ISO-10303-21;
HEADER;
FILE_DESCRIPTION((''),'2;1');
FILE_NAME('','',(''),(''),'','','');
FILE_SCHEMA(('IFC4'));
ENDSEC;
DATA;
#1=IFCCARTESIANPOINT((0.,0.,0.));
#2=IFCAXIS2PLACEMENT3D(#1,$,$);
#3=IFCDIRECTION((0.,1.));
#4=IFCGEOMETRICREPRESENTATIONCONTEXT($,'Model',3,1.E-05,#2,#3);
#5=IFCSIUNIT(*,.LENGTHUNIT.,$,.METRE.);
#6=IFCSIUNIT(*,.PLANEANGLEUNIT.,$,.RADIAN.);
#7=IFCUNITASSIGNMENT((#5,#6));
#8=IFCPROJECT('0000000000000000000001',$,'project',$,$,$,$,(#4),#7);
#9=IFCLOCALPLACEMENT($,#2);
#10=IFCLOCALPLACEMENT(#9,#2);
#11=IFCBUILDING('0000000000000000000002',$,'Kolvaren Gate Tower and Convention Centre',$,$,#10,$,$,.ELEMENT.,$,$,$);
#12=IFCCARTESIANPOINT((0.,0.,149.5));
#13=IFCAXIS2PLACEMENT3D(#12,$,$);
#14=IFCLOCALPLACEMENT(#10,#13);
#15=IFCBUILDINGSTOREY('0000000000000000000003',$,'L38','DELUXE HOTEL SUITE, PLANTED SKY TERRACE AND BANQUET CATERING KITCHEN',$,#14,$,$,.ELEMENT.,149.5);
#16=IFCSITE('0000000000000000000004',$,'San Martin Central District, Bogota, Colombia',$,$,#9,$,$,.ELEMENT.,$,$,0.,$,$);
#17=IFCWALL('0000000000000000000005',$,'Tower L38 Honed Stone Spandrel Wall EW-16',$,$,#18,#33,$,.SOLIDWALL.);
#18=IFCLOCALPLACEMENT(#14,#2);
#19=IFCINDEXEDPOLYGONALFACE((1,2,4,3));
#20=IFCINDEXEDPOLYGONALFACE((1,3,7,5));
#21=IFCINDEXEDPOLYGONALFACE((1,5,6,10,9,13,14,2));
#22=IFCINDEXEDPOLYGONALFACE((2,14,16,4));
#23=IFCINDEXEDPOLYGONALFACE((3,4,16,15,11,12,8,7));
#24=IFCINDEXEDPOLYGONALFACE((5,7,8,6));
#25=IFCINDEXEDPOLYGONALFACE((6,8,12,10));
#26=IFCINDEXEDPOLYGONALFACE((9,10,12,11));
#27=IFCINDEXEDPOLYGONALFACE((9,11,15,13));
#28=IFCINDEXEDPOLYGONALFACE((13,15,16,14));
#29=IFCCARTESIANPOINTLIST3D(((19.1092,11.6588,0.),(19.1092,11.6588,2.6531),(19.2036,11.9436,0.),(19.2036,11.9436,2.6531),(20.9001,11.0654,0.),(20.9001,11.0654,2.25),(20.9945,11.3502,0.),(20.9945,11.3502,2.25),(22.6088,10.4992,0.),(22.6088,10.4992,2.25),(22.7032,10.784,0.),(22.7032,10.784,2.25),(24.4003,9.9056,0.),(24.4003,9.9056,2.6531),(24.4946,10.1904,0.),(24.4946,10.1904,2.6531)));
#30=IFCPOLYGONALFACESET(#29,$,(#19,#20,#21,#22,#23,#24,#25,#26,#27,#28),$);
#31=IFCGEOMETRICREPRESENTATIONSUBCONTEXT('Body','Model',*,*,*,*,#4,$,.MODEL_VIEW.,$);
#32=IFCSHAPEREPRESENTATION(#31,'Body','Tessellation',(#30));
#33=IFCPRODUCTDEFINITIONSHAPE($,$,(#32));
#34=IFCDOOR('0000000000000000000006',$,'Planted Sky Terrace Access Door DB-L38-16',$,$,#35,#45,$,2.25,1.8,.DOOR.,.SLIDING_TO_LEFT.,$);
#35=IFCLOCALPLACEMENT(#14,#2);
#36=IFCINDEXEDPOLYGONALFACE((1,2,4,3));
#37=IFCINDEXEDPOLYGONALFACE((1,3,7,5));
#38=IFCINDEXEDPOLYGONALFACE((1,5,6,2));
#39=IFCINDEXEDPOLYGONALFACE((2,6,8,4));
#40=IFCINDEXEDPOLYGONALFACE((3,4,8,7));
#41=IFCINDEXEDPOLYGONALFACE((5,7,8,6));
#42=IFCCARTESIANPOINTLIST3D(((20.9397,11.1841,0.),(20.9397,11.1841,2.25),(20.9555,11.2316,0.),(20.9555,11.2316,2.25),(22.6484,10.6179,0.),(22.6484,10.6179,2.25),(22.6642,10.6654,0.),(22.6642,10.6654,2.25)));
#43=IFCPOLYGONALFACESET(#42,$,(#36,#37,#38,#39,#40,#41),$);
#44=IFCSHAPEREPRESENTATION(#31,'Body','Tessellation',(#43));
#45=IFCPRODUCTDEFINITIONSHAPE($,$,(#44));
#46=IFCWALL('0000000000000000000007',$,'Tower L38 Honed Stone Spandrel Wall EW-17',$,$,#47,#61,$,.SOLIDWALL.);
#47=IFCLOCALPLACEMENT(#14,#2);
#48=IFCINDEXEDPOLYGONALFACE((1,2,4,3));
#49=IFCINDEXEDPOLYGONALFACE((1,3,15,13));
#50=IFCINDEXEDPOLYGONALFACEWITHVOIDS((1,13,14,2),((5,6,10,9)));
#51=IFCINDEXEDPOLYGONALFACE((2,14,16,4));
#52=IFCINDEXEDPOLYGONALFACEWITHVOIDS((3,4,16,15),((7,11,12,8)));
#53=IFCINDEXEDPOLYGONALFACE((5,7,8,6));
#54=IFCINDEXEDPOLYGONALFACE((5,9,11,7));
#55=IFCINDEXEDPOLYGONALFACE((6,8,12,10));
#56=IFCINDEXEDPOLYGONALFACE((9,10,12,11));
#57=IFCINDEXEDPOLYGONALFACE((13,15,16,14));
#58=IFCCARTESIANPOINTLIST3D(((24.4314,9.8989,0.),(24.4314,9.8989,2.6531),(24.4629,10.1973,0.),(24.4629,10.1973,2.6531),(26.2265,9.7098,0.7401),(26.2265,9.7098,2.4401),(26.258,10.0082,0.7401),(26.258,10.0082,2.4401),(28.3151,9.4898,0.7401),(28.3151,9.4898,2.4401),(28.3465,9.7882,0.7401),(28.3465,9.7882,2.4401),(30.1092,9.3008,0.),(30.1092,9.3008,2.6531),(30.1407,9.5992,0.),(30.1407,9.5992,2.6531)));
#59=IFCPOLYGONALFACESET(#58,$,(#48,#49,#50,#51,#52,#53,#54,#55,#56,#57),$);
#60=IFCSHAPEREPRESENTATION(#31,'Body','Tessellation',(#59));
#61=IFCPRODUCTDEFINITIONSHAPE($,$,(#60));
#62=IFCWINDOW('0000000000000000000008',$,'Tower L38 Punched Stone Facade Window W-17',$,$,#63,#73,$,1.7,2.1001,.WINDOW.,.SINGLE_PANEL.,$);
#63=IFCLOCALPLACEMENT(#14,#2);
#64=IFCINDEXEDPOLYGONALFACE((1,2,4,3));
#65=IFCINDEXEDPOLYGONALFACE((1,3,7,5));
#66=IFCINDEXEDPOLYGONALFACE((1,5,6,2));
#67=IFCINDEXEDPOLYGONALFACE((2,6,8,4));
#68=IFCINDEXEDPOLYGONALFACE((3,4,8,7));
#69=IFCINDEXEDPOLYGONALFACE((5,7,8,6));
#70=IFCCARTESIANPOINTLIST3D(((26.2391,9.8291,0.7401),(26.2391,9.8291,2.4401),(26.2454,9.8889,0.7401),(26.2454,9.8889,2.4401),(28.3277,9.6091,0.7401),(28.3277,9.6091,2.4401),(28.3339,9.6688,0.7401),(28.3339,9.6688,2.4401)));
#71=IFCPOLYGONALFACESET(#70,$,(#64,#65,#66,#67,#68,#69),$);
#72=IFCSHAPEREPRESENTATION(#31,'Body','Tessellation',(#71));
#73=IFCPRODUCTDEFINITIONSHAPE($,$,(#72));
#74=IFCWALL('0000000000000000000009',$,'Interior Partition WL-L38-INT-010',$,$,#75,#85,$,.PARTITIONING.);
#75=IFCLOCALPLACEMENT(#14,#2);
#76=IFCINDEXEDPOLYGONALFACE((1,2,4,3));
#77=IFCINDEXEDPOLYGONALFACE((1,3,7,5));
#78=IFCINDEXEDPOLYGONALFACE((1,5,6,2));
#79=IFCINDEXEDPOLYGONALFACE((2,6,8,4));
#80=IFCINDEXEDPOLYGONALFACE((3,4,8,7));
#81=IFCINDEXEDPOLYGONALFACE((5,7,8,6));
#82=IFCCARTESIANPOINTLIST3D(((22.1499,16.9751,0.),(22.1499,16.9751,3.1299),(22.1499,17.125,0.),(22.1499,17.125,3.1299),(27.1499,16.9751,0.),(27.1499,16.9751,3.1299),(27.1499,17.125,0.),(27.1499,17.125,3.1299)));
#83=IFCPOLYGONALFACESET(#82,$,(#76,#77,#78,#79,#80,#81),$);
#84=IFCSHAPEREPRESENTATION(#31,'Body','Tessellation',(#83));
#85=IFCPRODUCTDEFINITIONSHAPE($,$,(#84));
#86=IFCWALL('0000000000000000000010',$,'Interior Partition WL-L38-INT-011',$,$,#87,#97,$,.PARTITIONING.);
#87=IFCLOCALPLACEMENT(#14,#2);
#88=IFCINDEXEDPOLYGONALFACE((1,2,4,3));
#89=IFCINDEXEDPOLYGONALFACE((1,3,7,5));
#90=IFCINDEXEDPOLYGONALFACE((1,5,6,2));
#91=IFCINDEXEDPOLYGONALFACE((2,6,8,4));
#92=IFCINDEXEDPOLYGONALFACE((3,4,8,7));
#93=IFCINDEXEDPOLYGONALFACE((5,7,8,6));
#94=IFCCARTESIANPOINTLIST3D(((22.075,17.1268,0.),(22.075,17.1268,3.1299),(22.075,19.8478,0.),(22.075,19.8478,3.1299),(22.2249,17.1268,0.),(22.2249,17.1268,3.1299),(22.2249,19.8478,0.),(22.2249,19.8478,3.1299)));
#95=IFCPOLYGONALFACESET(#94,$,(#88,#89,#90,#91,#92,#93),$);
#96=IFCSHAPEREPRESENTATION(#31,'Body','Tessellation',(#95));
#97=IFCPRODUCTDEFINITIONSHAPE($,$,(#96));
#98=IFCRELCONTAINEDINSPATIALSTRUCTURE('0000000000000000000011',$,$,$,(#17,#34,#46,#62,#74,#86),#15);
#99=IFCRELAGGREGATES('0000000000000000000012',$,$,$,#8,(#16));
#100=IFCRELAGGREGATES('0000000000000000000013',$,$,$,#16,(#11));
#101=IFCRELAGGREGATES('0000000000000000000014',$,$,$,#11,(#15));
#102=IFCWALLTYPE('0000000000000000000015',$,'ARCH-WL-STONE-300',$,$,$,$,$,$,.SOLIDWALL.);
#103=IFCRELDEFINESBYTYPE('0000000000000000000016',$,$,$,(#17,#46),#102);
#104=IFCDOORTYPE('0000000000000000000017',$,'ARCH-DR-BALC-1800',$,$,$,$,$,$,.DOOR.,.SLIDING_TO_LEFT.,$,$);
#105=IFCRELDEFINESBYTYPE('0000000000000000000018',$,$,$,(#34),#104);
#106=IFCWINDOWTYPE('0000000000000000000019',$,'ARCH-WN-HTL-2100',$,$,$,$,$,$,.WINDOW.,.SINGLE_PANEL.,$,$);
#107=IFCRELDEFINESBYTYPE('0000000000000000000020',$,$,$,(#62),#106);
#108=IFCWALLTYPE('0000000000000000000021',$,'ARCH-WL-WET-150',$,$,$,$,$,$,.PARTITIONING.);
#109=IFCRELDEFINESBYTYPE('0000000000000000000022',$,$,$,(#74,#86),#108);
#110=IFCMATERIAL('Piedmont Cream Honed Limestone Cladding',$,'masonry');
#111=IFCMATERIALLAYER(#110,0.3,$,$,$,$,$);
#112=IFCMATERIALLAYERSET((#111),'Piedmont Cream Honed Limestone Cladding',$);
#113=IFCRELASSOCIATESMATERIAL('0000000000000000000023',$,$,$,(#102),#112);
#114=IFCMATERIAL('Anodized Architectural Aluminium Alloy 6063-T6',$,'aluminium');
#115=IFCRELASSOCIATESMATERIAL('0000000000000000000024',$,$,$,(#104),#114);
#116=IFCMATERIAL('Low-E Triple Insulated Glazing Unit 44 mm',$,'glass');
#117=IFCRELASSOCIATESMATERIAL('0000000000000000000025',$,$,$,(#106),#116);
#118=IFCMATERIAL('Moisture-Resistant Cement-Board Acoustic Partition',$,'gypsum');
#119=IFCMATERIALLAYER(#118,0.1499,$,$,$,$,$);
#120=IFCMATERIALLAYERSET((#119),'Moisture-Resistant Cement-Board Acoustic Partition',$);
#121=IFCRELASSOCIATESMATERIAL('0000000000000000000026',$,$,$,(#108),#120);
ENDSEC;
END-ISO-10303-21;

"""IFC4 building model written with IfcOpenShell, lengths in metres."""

from ifc_helpers import new_model, si_unit, direction, frame, frame_2d, origin, place, context, subcontext, project, spatial, rectangle, extrude, material, layer, layer_set, type_object, element, fill, save


model = new_model("IFC4")

# Units and contexts
model_context = context("Model", 3, precision=1e-05, world=origin(), true_north=direction((0.0, 1.0)))
body_context = subcontext(model_context, "Body", "Model", "MODEL_VIEW")
ifc_project = project(units=[si_unit("LENGTHUNIT", "METRE"), si_unit("PLANEANGLEUNIT", "RADIAN")], contexts=[model_context])

# Site, building, storey
site_placement = place(None, origin())
site = spatial("IfcSite", under=ifc_project, at=site_placement, Name="San Martin Central District, Bogota, Colombia", CompositionType="ELEMENT", RefElevation=0.0)
building_placement = place(site_placement, origin())
building = spatial("IfcBuilding", under=site, at=building_placement, Name="Kolvaren Gate Tower and Convention Centre", CompositionType="ELEMENT")
storey_placement = place(building_placement, frame((0.0, 0.0, 149.5)))
storey = spatial("IfcBuildingStorey", under=building, at=storey_placement, Name="L38", Description="DELUXE HOTEL SUITE, PLANTED SKY TERRACE AND BANQUET CATERING KITCHEN", CompositionType="ELEMENT", Elevation=149.5)

# Shared definitions
ifc_material_1 = material(Name="Anodized Architectural Aluminium Alloy 6063-T6", Category="aluminium")

# Shared definitions
ifc_material_2 = material(Name="Low-E Triple Insulated Glazing Unit 44 mm", Category="glass")

# Shared definitions
ifc_material_3 = material(Name="Piedmont Cream Honed Limestone Cladding", Category="masonry")

# Shared definitions
ifc_layer_1 = layer(ifc_material_3, 0.3)
ifc_layer_set_1 = layer_set([ifc_layer_1], Name="Piedmont Cream Honed Limestone Cladding")
wall_type_1 = type_object("IfcWallType", Name="ARCH-WL-STONE-300", PredefinedType="SOLIDWALL", material=ifc_layer_set_1)

# Wall, opening, door
wall_1_placement = place(storey_placement, frame((19.1562, 11.8013, 0.0), z_axis=(0.0, 0.0, 1.0), x_axis=(0.949247, -0.314532, 0.0)))
wall_1 = element("IfcWall", 1, at=wall_1_placement, inside=storey, type_object=wall_type_1, Name="Tower L38 Honed Stone Spandrel Wall EW-16", PredefinedType="SOLIDWALL", context=body_context, shape_type="SweptSolid", body=[
    extrude(rectangle(XDim=5.574, YDim=0.3, at=frame_2d((2.7871, 0.0))), origin(), (0.0, 0.0, 1.0), 2.6531),
])
opening_1_placement = place(wall_1_placement, frame((1.887, 0.0, 0.0)))
opening_1 = element("IfcOpeningElement", 2, at=opening_1_placement, cuts=wall_1, PredefinedType="OPENING", context=body_context, shape_type="SweptSolid", body=[
    extrude(rectangle(XDim=1.8, YDim=2.25, at=frame_2d((0.8999, 1.125))), frame((0.0, 0.1599, 0.0), z_axis=(0.0, -1.0, 0.0), x_axis=(1.0, 0.0, 0.0)), (0.0, 0.0, 1.0), 0.3201),
])
door_type_1 = type_object("IfcDoorType", Name="ARCH-DR-BALC-1800", OperationType="SLIDING_TO_LEFT", PredefinedType="DOOR", material=ifc_material_1)
door_1_placement = place(opening_1_placement, frame((1.8, 0.0, 0.0), z_axis=(0.0, 0.0, 1.0), x_axis=(-1.0, 0.0, 0.0)))
door_1 = element("IfcDoor", 3, at=door_1_placement, inside=storey, type_object=door_type_1, Name="Planted Sky Terrace Access Door DB-L38-16", OperationType="SLIDING_TO_LEFT", OverallHeight=2.25, OverallWidth=1.8, PredefinedType="DOOR", context=body_context, shape_type="SweptSolid", body=[
    extrude(rectangle(XDim=1.8, YDim=2.25, at=frame_2d((0.8999, 1.125))), frame((0.0, 0.0249, 0.0), z_axis=(0.0, -1.0, 0.0), x_axis=(1.0, 0.0, 0.0)), (0.0, 0.0, 1.0), 0.05),
])
fill(opening_1, door_1)

# Wall, opening, window
wall_2_placement = place(storey_placement, frame((24.4473, 10.0481, 0.0), z_axis=(0.0, 0.0, 1.0), x_axis=(0.994497, -0.104769, 0.0)))
wall_2 = element("IfcWall", 4, at=wall_2_placement, inside=storey, type_object=wall_type_1, Name="Tower L38 Honed Stone Spandrel Wall EW-17", PredefinedType="SOLIDWALL", context=body_context, shape_type="SweptSolid", body=[
    extrude(rectangle(XDim=5.7092, YDim=0.3, at=frame_2d((2.8545, 0.0))), origin(), (0.0, 0.0, 1.0), 2.6531),
])
opening_2_placement = place(wall_2_placement, frame((1.8049, 0.0, 0.74)))
opening_2 = element("IfcOpeningElement", 5, at=opening_2_placement, cuts=wall_2, PredefinedType="OPENING", context=body_context, shape_type="SweptSolid", body=[
    extrude(rectangle(XDim=2.1001, YDim=1.7, at=frame_2d((1.05, 0.8501))), frame((0.0, 0.1599, 0.0), z_axis=(0.0, -1.0, 0.0), x_axis=(1.0, 0.0, 0.0)), (0.0, 0.0, 1.0), 0.3201),
])
window_type_1 = type_object("IfcWindowType", Name="ARCH-WN-HTL-2100", PartitioningType="SINGLE_PANEL", PredefinedType="WINDOW", material=ifc_material_2)
window_1_placement = place(opening_2_placement, origin())
window_1 = element("IfcWindow", 6, at=window_1_placement, inside=storey, type_object=window_type_1, Name="Tower L38 Punched Stone Facade Window W-17", OverallHeight=1.7, OverallWidth=2.1001, PartitioningType="SINGLE_PANEL", PredefinedType="WINDOW", context=body_context, shape_type="SweptSolid", body=[
    extrude(rectangle(XDim=2.1001, YDim=1.7, at=frame_2d((1.05, 0.8501))), frame((0.0, 0.03, 0.0), z_axis=(0.0, -1.0, 0.0), x_axis=(1.0, 0.0, 0.0)), (0.0, 0.0, 1.0), 0.0601),
])
fill(opening_2, window_1)

# Walls
ifc_material_4 = material(Name="Moisture-Resistant Cement-Board Acoustic Partition", Category="gypsum")
ifc_layer_2 = layer(ifc_material_4, 0.1499)
ifc_layer_set_2 = layer_set([ifc_layer_2], Name="Moisture-Resistant Cement-Board Acoustic Partition")
wall_type_2 = type_object("IfcWallType", Name="ARCH-WL-WET-150", PredefinedType="PARTITIONING", material=ifc_layer_set_2)
wall_3_placement = place(storey_placement, frame((22.1499, 17.05, 0.0), z_axis=(0.0, 0.0, 1.0), x_axis=(1.0, 0.0, 0.0)))
element("IfcWall", 7, at=wall_3_placement, inside=storey, type_object=wall_type_2, Name="Interior Partition WL-L38-INT-010", PredefinedType="PARTITIONING", context=body_context, shape_type="SweptSolid", body=[
    extrude(rectangle(XDim=5.0, YDim=0.1499, at=frame_2d((2.5, 0.0))), origin(), (0.0, 0.0, 1.0), 3.1299),
])
wall_4_placement = place(storey_placement, frame((22.1499, 17.127, 0.0), z_axis=(0.0, 0.0, 1.0), x_axis=(0.0, 1.0, 0.0)))
element("IfcWall", 8, at=wall_4_placement, inside=storey, type_object=wall_type_2, Name="Interior Partition WL-L38-INT-011", PredefinedType="PARTITIONING", context=body_context, shape_type="SweptSolid", body=[
    extrude(rectangle(XDim=2.7209, YDim=0.1499, at=frame_2d((1.3604, 0.0))), origin(), (0.0, 0.0, 1.0), 3.1299),
])

save(model, "model.ifc")
